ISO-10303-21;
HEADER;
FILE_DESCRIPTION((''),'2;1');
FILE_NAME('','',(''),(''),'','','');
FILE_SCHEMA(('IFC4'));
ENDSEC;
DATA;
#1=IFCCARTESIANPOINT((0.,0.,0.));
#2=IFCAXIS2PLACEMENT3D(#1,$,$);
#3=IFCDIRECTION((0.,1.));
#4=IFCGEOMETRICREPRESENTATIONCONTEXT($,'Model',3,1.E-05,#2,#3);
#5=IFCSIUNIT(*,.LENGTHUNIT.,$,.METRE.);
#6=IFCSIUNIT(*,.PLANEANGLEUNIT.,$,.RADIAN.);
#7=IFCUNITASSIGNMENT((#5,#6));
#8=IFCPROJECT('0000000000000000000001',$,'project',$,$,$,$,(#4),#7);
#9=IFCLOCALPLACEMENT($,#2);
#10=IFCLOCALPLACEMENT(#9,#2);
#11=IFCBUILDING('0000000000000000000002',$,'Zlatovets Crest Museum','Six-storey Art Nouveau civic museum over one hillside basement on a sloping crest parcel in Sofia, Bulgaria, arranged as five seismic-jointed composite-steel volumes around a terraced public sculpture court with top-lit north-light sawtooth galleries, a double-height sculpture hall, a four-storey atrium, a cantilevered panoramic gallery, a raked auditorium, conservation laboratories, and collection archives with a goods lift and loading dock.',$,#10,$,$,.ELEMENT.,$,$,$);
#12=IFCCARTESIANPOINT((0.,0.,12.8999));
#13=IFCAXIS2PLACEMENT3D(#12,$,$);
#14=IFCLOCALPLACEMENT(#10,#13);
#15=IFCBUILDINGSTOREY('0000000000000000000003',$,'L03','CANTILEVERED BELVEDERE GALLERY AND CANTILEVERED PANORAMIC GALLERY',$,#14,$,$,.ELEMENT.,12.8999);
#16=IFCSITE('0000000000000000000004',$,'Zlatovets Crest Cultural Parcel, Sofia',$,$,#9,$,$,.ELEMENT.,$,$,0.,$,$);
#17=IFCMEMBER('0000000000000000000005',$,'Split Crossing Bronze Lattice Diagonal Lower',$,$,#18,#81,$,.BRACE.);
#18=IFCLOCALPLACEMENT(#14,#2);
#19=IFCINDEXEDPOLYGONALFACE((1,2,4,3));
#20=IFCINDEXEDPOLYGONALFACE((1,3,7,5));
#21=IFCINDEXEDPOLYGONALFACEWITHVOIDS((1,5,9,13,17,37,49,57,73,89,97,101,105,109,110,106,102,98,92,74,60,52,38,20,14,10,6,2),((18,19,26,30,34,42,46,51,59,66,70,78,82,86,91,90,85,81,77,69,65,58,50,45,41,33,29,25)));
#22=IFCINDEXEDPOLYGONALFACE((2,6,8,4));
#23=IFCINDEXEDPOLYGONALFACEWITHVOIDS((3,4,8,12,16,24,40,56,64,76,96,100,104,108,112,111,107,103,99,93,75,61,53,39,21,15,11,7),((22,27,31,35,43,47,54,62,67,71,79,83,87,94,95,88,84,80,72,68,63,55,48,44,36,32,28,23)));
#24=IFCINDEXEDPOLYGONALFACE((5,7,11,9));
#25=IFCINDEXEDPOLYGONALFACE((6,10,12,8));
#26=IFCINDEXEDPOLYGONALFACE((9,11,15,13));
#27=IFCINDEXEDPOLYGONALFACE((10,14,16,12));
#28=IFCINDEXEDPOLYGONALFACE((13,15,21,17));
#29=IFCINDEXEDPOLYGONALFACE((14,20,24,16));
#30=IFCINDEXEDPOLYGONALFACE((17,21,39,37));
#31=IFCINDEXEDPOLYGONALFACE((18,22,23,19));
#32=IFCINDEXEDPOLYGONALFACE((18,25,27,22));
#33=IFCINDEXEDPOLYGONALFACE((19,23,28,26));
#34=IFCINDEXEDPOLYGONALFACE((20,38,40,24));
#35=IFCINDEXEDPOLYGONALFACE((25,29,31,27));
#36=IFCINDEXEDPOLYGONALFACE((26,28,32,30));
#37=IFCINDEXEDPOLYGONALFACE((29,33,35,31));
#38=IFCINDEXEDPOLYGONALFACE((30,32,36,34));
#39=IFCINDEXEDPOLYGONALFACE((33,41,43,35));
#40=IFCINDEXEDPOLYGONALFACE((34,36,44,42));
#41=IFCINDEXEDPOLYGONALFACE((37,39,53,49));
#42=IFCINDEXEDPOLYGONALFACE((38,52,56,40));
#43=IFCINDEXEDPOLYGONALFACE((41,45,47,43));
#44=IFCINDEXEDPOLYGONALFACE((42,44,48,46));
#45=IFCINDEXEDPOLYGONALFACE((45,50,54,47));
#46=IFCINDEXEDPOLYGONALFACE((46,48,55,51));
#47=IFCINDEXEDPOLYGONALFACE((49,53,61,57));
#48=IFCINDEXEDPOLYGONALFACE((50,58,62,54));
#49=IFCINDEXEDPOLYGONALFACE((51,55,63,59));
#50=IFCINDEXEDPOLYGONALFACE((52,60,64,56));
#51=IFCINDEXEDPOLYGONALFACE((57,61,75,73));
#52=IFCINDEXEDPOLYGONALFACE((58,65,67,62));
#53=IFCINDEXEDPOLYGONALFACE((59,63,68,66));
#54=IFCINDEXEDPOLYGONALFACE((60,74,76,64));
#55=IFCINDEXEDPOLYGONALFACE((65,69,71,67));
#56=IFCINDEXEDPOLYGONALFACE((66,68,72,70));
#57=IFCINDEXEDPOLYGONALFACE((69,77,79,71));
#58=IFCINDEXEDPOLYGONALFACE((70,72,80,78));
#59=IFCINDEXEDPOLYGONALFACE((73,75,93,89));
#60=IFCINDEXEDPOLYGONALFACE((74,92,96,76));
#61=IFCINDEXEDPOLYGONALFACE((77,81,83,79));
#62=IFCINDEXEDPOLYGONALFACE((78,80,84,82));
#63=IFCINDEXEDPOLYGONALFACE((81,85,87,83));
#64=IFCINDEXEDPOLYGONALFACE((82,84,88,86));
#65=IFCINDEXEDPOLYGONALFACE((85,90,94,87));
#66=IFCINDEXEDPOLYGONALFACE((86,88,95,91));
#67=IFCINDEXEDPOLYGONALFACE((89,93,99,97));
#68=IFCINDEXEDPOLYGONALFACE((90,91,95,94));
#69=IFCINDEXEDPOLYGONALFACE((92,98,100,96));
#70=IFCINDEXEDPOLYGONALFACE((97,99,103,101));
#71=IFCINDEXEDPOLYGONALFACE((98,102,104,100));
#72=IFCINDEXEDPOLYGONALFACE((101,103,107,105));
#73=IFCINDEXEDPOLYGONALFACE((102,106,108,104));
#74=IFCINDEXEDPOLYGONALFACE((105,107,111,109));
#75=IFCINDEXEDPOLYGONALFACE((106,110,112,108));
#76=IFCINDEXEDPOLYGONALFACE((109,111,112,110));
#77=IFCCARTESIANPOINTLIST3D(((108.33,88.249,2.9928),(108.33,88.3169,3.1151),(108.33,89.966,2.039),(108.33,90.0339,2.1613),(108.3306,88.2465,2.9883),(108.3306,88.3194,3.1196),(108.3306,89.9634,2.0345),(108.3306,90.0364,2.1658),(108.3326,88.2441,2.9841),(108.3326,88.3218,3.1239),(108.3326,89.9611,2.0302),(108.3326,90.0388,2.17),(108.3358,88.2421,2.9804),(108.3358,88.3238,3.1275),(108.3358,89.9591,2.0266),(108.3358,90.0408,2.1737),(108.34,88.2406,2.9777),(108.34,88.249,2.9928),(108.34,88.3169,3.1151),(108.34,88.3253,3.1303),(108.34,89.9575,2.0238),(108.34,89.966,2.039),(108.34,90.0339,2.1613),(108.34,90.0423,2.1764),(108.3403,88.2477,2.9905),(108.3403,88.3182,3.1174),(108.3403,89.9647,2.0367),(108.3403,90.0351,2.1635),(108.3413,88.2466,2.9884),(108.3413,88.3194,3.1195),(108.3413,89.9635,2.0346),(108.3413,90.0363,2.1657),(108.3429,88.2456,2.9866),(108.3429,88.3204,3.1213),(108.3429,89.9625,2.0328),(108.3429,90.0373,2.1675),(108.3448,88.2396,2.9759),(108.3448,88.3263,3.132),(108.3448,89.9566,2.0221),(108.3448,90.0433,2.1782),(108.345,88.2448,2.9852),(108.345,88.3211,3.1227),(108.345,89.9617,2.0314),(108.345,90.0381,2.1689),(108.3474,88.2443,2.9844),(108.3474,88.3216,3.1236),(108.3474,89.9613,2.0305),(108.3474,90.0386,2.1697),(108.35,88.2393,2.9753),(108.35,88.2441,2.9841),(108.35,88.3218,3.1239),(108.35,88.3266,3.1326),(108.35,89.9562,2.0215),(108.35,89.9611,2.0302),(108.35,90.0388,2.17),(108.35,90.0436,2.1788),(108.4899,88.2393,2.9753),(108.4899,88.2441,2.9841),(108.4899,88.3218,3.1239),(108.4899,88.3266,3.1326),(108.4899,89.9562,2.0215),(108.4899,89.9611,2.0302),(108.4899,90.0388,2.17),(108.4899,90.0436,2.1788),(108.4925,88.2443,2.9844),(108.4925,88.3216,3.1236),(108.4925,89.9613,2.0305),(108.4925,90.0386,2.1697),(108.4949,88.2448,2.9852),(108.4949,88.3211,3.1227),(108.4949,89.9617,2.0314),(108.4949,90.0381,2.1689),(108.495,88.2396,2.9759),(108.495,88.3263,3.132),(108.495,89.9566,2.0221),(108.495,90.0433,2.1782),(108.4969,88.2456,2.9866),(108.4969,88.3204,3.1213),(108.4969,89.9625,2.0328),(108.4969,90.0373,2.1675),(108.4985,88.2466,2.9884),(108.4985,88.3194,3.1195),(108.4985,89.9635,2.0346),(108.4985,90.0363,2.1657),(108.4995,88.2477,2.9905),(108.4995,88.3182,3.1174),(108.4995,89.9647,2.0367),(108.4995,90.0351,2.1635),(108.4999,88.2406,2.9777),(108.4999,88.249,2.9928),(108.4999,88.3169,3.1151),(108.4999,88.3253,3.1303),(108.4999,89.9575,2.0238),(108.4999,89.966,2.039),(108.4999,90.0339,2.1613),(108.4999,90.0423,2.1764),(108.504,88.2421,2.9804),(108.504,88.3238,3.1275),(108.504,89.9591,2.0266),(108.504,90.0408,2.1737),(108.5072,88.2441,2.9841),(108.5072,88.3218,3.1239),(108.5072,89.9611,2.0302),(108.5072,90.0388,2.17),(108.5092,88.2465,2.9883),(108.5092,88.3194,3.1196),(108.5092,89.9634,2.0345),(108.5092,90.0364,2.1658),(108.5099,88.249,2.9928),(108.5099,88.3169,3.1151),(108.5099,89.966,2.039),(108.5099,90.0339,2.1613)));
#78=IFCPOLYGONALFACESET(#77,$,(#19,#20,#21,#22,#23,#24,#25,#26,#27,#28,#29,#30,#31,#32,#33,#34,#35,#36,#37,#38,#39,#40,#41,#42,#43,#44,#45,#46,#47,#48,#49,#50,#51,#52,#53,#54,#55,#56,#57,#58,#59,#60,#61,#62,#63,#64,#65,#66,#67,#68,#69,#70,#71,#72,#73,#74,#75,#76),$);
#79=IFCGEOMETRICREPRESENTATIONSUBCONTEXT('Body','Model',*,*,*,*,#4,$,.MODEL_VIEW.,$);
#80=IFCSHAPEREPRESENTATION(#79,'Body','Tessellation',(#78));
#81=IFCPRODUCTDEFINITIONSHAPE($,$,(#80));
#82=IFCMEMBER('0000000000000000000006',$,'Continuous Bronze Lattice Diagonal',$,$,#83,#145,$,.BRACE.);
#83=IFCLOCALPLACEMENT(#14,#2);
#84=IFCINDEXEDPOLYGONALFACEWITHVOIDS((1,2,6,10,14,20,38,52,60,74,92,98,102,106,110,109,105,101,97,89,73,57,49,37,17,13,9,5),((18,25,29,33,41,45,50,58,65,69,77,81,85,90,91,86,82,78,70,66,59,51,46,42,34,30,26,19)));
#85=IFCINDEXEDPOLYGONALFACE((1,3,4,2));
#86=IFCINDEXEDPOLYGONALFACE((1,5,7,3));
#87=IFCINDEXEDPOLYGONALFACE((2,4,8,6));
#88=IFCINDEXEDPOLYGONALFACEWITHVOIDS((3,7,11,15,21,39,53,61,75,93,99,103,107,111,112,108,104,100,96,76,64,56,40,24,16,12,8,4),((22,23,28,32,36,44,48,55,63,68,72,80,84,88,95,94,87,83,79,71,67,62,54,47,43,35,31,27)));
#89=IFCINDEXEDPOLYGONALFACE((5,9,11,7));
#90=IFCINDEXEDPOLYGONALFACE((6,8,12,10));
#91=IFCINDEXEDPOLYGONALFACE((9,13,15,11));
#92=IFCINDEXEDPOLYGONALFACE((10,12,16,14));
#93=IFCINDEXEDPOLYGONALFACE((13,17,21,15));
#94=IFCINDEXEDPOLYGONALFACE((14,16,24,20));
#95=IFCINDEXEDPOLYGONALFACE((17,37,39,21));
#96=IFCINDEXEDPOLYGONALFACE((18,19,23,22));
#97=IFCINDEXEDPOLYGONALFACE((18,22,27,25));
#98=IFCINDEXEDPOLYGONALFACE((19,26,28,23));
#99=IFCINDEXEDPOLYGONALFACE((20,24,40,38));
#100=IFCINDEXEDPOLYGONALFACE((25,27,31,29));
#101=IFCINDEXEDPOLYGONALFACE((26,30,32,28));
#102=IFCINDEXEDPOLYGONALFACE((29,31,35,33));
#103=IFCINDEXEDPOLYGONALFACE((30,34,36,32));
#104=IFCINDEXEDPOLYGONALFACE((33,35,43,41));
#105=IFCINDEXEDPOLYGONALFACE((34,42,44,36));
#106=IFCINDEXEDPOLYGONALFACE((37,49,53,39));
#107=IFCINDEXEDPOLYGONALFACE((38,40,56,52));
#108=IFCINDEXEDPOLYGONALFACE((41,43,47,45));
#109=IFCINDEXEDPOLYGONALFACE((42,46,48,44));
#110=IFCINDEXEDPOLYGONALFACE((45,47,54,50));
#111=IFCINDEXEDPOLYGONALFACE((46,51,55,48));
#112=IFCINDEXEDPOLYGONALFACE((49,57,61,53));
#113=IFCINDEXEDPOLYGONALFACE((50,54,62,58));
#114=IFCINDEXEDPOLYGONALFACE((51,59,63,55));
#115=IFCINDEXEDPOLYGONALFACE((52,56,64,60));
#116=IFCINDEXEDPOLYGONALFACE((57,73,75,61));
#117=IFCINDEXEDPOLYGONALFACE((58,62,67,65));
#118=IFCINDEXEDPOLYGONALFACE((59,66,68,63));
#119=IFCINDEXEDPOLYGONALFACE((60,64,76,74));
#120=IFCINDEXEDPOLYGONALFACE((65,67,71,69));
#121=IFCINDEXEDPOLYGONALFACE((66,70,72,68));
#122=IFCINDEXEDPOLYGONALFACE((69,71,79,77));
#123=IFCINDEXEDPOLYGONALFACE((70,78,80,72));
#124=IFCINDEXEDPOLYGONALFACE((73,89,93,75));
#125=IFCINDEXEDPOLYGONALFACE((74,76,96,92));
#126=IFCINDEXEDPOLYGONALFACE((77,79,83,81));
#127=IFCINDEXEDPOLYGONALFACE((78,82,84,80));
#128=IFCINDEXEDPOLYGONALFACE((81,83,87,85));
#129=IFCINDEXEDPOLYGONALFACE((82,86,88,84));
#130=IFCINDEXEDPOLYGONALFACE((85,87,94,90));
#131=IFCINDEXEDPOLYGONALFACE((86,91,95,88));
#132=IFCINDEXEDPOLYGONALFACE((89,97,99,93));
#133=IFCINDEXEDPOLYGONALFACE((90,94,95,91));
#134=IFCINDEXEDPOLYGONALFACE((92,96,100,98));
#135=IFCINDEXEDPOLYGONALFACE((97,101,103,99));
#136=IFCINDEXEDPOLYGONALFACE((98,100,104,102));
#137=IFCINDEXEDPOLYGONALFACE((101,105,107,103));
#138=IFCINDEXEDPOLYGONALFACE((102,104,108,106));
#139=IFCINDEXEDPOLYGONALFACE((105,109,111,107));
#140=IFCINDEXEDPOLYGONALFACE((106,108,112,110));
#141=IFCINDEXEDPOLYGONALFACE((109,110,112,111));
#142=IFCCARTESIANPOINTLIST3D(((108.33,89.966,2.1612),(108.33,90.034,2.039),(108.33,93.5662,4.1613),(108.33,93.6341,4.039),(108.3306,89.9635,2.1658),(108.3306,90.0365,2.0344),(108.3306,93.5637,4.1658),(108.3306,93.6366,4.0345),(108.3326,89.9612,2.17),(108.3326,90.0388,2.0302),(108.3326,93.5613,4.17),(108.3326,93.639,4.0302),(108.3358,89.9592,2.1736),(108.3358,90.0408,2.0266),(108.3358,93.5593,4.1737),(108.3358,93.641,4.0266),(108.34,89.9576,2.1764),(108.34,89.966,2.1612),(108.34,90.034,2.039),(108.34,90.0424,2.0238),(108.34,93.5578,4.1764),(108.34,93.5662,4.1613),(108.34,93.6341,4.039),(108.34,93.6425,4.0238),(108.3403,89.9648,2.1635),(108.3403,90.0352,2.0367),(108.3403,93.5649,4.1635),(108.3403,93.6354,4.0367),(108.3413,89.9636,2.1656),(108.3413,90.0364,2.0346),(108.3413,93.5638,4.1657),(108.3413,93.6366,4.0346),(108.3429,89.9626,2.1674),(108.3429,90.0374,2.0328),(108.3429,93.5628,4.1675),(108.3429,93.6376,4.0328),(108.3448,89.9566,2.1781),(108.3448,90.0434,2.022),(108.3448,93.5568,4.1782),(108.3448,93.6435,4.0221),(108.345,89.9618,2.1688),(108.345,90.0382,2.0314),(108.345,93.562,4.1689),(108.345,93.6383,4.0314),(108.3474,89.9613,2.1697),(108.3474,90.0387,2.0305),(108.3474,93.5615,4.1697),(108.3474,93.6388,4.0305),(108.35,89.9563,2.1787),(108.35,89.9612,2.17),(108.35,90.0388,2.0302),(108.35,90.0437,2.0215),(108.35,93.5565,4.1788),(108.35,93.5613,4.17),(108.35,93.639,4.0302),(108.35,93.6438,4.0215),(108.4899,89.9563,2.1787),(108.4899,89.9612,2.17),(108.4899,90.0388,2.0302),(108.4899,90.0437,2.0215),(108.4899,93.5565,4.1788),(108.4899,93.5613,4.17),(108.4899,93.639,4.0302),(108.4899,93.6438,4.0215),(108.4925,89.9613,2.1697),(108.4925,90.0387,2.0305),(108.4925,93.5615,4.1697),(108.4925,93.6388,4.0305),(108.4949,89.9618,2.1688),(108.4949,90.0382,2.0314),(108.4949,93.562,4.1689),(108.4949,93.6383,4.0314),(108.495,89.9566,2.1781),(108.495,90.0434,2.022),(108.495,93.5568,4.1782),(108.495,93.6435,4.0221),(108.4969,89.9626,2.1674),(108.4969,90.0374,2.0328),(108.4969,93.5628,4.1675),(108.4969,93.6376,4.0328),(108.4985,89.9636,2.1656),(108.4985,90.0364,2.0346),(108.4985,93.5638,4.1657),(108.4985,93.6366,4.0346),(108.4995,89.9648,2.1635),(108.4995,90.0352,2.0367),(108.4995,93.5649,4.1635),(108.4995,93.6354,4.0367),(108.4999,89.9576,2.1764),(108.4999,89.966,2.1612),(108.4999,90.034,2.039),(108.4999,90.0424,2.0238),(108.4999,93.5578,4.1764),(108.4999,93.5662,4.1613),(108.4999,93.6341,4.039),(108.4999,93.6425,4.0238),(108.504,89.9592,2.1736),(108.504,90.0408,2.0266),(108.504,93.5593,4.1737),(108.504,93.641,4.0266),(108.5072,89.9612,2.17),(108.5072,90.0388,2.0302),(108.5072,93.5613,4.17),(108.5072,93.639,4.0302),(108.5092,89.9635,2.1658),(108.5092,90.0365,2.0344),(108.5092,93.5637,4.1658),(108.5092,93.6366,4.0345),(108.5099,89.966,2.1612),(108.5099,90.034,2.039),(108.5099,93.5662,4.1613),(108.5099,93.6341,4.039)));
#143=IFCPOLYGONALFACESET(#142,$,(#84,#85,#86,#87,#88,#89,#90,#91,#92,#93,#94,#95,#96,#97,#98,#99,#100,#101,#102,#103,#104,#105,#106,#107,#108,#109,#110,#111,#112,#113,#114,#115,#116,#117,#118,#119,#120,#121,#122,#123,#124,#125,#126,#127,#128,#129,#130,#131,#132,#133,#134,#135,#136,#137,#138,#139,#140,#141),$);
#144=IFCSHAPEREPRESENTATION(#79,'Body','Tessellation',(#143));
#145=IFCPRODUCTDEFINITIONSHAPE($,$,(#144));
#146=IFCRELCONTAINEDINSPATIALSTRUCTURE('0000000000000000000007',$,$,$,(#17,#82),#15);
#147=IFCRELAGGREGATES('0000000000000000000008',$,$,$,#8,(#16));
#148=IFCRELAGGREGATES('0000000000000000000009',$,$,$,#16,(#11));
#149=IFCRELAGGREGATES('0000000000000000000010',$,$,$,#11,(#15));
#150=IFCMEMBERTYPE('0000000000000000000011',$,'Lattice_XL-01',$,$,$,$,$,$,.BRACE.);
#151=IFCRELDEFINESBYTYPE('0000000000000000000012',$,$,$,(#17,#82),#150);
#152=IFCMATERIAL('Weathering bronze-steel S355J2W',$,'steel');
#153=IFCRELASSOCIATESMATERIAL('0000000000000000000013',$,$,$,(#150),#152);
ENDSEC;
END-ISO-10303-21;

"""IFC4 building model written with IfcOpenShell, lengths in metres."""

from ifc_helpers import new_model, si_unit, direction, frame, origin, origin_2d, place, context, subcontext, project, spatial, hollow_rectangle, extrude, material, material_profile, profile_set, type_object, element, save


model = new_model("IFC4")

# Units and contexts
model_context = context("Model", 3, precision=1e-05, world=origin(), true_north=direction((0.0, 1.0)))
body_context = subcontext(model_context, "Body", "Model", "MODEL_VIEW")
ifc_project = project(units=[si_unit("LENGTHUNIT", "METRE"), si_unit("PLANEANGLEUNIT", "RADIAN")], contexts=[model_context])

# Site, building, storey
site_placement = place(None, origin())
site = spatial("IfcSite", under=ifc_project, at=site_placement, Name="Zlatovets Crest Cultural Parcel, Sofia", CompositionType="ELEMENT", RefElevation=0.0)
building_placement = place(site_placement, origin())
building = spatial("IfcBuilding", under=site, at=building_placement, Name="Zlatovets Crest Museum", Description="Six-storey Art Nouveau civic museum over one hillside basement on a sloping crest parcel in Sofia, Bulgaria, arranged as five seismic-jointed composite-steel volumes around a terraced public sculpture court with top-lit north-light sawtooth galleries, a double-height sculpture hall, a four-storey atrium, a cantilevered panoramic gallery, a raked auditorium, conservation laboratories, and collection archives with a goods lift and loading dock.", CompositionType="ELEMENT")
storey_placement = place(building_placement, frame((0.0, 0.0, 12.8999)))
storey = spatial("IfcBuildingStorey", under=building, at=storey_placement, Name="L03", Description="CANTILEVERED BELVEDERE GALLERY AND CANTILEVERED PANORAMIC GALLERY", CompositionType="ELEMENT", Elevation=12.8999)

# Members
ifc_material_1 = material(Name="Weathering bronze-steel S355J2W", Category="steel")
ifc_material_profile_1 = material_profile(ifc_material_1, hollow_rectangle(XDim=0.1799, YDim=0.1799, WallThickness=0.01, InnerFilletRadius=0.01, OuterFilletRadius=0.02, at=origin_2d()), Name="SHS 180x180x10.0")
ifc_profile_set_1 = profile_set([ifc_material_profile_1], Name="Weathering bronze-steel S355J2W")
member_type_1 = type_object("IfcMemberType", Name="Lattice_XL-01", PredefinedType="BRACE", material=ifc_profile_set_1)
for number, where, z_axis, x_axis, name in (
    (1, (108.4199, 88.283, 3.054), (0.0, 0.874169, -0.485622), (-1.0, 0.0, 0.0), "Split Crossing Bronze Lattice Diagonal Lower"),
):
    element("IfcMember", number, at=place(storey_placement, frame(where, z_axis=z_axis, x_axis=x_axis)), inside=storey, type_object=member_type_1, Name=name, PredefinedType="BRACE", context=body_context, shape_type="SweptSolid", body=[
        extrude(hollow_rectangle(XDim=0.1799, YDim=0.1799, WallThickness=0.01, InnerFilletRadius=0.01, OuterFilletRadius=0.02, at=origin_2d()), origin(), (0.0, 0.0, 1.0), 1.9641),
    ])
member_1_placement = place(storey_placement, frame((108.4199, 90.0, 2.1001), z_axis=(0.0, 0.874163, 0.485633), x_axis=(-1.0, 0.0, 0.0)))
element("IfcMember", 2, at=member_1_placement, inside=storey, type_object=member_type_1, Name="Continuous Bronze Lattice Diagonal", PredefinedType="BRACE", context=body_context, shape_type="SweptSolid", body=[
    extrude(hollow_rectangle(XDim=0.1799, YDim=0.1799, WallThickness=0.01, InnerFilletRadius=0.01, OuterFilletRadius=0.02, at=origin_2d()), origin(), (0.0, 0.0, 1.0), 4.1184),
])

save(model, "model.ifc")
